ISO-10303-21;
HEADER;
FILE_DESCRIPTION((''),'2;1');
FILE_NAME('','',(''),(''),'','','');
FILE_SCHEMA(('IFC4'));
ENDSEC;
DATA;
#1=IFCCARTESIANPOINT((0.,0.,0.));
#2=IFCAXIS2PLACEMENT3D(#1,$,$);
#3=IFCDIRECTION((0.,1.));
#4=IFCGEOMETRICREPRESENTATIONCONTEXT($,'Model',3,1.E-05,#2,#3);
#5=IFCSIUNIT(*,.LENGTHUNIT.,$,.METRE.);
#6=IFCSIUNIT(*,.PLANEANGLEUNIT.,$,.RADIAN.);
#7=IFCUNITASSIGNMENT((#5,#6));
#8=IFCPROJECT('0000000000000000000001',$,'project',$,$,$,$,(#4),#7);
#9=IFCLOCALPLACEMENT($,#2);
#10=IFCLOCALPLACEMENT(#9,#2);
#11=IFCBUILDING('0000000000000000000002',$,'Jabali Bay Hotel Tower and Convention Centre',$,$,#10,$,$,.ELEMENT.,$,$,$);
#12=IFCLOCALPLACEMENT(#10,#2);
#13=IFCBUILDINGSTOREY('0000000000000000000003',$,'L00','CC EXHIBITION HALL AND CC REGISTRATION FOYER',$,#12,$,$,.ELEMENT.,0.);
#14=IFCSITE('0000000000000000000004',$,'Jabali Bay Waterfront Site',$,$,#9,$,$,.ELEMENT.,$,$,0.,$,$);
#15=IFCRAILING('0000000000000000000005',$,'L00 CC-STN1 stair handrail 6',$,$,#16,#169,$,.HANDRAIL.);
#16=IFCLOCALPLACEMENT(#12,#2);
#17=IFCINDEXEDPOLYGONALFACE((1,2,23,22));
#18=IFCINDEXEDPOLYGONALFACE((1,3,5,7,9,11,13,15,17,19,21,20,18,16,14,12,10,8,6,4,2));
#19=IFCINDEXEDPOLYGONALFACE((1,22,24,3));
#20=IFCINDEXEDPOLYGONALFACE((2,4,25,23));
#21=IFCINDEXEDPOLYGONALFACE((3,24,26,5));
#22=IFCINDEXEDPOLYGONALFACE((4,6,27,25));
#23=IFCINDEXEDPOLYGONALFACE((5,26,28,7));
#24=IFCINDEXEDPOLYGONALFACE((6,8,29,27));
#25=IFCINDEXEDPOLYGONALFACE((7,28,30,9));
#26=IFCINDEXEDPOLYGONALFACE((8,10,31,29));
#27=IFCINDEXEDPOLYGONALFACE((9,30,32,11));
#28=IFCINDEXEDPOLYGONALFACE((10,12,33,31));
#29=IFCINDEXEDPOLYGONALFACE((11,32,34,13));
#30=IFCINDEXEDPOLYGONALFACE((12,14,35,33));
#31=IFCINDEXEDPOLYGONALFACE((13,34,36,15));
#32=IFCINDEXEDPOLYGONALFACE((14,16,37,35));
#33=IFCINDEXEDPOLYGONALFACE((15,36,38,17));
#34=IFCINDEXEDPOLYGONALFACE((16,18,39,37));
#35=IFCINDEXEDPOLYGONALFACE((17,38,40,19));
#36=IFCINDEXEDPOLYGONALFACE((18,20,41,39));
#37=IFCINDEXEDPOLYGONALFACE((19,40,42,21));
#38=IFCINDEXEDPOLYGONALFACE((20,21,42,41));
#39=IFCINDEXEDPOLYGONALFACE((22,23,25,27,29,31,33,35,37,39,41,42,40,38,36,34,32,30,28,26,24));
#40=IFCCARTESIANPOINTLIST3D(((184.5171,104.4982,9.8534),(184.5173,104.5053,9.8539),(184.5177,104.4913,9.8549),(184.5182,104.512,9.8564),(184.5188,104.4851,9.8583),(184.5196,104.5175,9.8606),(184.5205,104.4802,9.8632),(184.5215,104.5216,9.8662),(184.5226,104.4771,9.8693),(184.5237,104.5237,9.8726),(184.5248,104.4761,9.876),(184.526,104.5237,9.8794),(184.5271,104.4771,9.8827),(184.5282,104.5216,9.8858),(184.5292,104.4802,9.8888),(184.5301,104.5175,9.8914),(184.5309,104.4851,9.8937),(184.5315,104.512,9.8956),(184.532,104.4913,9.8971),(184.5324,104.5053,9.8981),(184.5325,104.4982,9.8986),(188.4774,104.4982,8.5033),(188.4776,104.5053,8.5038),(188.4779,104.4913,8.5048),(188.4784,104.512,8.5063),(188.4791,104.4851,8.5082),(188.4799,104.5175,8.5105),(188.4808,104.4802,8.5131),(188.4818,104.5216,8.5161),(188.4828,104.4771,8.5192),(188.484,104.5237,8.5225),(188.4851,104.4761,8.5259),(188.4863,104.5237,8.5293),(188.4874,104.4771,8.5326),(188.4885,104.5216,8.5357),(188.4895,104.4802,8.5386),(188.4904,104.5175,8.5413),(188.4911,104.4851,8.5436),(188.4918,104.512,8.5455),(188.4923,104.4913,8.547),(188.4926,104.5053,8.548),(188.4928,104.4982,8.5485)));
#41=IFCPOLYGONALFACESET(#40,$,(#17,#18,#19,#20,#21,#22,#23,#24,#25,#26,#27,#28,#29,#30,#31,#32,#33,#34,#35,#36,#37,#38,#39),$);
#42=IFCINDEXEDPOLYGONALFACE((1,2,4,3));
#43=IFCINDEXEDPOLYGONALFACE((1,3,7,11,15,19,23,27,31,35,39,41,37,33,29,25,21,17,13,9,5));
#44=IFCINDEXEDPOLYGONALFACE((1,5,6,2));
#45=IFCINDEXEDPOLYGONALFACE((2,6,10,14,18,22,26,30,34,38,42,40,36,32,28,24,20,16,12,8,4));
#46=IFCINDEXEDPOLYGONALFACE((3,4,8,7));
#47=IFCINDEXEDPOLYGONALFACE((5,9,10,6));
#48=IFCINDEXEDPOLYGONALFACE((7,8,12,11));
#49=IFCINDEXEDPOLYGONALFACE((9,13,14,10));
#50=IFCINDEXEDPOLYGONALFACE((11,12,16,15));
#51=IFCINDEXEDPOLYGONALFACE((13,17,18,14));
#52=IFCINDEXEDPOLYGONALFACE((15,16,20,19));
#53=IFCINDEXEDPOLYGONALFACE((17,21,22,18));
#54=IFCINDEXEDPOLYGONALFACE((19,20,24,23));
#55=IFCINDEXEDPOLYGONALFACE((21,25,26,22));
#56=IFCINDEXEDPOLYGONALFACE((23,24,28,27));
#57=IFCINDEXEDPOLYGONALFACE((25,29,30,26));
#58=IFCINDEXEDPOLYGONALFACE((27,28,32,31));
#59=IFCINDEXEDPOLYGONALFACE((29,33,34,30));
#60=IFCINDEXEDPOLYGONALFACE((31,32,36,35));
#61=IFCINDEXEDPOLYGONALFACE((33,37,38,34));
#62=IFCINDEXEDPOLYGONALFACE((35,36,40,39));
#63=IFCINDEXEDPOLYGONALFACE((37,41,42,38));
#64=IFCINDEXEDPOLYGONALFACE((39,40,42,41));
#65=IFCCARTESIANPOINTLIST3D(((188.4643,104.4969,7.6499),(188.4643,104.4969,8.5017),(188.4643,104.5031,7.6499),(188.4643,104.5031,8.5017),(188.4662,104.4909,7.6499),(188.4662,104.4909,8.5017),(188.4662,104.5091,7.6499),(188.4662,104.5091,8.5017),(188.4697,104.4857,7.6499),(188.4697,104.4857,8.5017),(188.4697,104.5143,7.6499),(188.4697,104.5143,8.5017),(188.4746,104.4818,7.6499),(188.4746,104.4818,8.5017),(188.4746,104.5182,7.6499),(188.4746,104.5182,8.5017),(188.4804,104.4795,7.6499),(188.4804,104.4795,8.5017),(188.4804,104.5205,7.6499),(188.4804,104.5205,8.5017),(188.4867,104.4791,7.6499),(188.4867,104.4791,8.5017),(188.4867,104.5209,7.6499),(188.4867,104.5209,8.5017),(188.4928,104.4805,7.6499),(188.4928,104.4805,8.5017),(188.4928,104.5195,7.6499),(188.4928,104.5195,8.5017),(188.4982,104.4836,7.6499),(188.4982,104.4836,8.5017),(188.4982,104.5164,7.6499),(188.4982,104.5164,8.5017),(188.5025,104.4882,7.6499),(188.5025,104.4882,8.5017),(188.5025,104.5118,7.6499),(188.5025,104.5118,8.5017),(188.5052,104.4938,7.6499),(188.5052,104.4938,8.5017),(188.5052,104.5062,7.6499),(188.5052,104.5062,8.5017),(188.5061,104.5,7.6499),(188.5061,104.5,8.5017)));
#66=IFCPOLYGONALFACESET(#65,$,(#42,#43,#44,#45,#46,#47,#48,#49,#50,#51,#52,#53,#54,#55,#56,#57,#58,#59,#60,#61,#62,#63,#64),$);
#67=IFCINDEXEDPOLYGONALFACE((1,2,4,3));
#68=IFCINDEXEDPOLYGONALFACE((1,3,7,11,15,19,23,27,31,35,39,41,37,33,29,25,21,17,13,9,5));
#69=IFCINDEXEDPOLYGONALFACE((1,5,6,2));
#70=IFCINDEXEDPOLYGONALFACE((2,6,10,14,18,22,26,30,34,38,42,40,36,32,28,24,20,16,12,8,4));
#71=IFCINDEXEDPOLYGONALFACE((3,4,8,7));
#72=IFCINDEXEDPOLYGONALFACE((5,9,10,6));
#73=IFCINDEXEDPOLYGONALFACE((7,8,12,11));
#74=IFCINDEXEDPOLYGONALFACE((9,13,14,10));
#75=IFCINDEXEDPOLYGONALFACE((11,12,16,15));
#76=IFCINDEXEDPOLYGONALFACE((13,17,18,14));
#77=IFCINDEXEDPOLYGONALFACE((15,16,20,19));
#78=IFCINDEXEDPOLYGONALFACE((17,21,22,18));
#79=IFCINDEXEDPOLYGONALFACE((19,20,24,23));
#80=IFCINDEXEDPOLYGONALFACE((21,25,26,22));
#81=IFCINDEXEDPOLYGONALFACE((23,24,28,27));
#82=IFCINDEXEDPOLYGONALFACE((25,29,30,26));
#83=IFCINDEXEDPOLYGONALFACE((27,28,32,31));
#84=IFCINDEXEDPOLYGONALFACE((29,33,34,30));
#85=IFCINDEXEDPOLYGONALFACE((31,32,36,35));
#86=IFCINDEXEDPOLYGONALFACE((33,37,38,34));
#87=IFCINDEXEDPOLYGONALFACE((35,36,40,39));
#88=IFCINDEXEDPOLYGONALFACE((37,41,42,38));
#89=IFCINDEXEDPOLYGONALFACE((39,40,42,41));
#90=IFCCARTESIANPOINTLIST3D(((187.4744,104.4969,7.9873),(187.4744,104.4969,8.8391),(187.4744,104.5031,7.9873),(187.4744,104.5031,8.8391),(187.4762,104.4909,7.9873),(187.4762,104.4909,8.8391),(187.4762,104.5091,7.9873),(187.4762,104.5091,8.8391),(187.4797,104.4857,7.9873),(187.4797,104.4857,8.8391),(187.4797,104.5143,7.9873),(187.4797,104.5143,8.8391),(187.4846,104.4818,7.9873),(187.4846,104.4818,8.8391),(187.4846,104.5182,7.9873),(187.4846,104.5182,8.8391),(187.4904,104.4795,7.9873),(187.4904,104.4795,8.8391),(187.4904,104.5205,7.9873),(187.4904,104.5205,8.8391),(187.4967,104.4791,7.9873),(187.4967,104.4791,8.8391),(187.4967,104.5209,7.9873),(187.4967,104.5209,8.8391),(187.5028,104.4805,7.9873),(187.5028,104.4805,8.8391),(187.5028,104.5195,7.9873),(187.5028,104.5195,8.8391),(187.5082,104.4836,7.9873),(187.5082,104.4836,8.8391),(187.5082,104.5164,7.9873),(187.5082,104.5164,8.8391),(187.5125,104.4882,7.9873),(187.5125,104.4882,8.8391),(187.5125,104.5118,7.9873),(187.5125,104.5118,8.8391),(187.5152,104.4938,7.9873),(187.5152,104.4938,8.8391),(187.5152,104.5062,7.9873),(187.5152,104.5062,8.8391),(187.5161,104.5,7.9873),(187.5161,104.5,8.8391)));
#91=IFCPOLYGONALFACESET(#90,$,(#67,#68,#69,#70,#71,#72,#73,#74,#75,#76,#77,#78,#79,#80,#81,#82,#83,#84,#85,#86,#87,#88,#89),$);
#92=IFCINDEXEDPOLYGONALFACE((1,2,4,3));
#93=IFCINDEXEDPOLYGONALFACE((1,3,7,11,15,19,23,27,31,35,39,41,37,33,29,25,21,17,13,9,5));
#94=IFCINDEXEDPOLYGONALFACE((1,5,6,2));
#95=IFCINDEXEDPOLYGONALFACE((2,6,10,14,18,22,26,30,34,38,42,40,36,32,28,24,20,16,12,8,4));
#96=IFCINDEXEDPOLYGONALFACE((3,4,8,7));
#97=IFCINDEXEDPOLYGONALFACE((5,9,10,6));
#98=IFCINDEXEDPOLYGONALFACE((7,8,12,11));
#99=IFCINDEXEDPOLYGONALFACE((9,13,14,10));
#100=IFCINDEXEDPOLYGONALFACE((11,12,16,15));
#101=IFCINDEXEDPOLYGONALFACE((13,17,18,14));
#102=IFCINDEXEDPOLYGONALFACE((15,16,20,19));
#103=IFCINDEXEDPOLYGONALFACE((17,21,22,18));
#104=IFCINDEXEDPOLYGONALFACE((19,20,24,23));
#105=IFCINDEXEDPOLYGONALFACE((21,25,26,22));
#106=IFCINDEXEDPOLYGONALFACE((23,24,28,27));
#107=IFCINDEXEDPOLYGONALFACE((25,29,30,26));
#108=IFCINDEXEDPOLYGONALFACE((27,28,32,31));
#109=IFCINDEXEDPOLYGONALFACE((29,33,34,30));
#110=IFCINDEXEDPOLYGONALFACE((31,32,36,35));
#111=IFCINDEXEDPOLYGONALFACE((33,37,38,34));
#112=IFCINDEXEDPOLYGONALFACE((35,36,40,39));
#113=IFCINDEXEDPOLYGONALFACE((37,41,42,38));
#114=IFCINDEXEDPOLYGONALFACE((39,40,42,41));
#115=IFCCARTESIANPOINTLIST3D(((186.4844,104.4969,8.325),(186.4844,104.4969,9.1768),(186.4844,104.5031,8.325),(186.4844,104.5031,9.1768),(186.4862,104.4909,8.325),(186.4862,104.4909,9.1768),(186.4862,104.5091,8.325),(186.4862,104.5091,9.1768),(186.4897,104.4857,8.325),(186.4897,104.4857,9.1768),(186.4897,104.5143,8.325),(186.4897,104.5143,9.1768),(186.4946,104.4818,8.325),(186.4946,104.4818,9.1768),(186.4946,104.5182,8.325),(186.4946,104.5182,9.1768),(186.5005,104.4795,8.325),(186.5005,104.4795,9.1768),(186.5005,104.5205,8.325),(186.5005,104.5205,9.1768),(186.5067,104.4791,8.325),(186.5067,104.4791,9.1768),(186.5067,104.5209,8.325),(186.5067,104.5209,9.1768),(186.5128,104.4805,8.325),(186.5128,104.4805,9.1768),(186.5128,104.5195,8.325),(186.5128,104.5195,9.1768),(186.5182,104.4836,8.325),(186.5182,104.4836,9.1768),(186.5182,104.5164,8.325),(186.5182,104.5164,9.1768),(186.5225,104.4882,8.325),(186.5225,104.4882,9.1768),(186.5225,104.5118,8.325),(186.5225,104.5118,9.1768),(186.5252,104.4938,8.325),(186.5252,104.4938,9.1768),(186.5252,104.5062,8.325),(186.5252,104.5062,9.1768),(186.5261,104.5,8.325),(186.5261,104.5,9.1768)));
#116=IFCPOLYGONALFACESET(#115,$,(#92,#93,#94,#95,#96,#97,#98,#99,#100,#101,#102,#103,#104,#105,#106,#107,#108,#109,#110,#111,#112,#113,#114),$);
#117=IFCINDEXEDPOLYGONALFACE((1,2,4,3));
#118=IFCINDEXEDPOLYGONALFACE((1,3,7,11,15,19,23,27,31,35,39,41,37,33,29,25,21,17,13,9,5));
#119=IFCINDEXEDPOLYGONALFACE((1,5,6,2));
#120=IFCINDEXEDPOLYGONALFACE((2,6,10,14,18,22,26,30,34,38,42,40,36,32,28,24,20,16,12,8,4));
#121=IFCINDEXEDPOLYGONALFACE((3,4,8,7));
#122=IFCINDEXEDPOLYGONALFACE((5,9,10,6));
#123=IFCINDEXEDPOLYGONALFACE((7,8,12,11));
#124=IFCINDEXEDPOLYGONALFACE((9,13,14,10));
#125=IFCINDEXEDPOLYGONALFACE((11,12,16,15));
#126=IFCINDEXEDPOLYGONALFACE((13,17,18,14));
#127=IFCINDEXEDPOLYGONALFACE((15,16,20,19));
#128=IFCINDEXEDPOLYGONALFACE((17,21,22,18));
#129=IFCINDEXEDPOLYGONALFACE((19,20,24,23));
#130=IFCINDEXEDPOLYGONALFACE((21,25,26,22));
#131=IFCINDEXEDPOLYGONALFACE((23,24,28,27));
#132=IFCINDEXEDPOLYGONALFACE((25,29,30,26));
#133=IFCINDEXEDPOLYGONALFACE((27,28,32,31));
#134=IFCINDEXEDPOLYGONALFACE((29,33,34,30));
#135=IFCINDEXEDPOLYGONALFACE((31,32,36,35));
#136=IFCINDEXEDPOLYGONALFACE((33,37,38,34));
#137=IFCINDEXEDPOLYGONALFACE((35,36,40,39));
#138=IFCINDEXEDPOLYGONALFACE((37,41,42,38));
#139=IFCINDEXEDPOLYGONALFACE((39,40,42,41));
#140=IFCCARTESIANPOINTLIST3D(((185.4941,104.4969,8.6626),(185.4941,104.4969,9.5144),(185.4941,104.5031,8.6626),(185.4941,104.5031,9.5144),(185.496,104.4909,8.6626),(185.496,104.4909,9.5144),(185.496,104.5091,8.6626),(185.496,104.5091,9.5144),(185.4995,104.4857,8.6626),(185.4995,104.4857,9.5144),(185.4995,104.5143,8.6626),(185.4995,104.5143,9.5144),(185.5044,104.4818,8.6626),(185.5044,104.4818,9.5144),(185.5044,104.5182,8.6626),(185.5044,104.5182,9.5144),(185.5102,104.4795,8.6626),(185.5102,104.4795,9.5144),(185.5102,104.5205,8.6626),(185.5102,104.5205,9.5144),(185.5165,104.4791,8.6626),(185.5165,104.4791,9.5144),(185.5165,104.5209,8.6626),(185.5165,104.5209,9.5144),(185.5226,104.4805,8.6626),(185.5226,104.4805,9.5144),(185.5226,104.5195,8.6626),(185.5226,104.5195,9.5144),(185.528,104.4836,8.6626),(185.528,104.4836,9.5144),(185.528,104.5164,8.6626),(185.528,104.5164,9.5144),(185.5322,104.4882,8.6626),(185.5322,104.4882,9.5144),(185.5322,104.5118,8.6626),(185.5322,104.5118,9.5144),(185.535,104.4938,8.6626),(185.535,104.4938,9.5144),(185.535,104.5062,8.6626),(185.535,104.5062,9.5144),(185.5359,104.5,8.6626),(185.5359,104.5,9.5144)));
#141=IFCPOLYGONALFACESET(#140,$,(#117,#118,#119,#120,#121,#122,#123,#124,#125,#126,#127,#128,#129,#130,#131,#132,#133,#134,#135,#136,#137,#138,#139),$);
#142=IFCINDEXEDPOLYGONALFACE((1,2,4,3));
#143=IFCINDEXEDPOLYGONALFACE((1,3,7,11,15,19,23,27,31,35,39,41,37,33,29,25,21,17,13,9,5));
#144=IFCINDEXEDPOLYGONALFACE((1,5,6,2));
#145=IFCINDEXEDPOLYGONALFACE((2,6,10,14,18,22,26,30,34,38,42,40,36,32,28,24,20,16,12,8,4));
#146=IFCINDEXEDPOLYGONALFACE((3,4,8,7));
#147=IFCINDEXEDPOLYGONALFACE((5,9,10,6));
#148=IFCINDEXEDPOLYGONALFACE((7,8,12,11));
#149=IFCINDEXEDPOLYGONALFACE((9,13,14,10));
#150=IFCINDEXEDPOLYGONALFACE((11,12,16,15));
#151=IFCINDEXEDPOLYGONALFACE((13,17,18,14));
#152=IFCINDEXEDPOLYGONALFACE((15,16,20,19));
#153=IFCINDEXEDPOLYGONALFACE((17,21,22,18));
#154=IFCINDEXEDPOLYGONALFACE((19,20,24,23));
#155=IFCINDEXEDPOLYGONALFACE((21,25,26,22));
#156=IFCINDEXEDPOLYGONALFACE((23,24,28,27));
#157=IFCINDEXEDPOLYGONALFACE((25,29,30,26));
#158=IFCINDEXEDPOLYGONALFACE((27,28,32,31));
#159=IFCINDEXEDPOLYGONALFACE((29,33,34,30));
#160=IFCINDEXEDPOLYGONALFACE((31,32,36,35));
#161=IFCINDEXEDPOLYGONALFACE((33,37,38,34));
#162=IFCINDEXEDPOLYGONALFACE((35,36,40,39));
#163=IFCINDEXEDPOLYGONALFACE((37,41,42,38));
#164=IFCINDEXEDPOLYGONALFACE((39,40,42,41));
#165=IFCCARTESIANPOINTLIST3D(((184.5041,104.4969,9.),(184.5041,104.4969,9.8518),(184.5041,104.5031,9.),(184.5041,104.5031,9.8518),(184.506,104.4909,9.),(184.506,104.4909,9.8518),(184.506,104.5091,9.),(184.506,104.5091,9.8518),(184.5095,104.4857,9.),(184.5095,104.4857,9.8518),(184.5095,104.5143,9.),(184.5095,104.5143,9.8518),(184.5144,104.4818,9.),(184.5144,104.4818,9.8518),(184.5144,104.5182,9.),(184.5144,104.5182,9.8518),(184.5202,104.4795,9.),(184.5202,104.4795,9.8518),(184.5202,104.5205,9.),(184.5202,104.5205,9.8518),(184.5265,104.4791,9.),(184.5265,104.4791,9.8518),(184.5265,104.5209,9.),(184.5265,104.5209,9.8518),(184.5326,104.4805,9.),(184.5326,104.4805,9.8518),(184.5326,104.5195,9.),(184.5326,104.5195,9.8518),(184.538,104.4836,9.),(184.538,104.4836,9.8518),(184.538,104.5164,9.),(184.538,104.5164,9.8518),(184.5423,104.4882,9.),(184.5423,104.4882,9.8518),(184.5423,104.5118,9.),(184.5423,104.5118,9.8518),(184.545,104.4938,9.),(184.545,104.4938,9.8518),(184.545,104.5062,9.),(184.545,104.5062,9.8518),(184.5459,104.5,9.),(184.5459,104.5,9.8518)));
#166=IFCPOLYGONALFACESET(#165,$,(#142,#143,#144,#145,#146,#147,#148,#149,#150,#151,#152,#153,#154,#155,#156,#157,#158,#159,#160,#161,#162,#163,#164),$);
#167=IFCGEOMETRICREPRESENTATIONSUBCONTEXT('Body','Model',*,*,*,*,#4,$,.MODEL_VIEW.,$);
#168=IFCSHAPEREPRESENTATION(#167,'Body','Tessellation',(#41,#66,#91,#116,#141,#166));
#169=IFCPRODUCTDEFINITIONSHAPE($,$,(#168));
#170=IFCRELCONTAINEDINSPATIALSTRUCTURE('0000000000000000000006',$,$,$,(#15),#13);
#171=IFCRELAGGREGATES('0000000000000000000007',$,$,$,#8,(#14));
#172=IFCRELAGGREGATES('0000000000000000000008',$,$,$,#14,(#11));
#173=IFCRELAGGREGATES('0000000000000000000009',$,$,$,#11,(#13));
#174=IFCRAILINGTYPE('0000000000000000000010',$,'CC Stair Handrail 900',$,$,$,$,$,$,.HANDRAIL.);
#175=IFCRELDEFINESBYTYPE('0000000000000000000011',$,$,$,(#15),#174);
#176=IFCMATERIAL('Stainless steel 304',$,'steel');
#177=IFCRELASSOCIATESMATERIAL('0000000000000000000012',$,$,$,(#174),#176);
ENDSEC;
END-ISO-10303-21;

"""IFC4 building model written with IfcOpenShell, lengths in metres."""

from ifc_helpers import new_model, si_unit, direction, frame, origin, origin_2d, place, context, subcontext, project, spatial, circle, extrude, material, type_object, element, save


model = new_model("IFC4")

# Units and contexts
model_context = context("Model", 3, precision=1e-05, world=origin(), true_north=direction((0.0, 1.0)))
body_context = subcontext(model_context, "Body", "Model", "MODEL_VIEW")
ifc_project = project(units=[si_unit("LENGTHUNIT", "METRE"), si_unit("PLANEANGLEUNIT", "RADIAN")], contexts=[model_context])

# Site, building, storey
site_placement = place(None, origin())
site = spatial("IfcSite", under=ifc_project, at=site_placement, Name="Jabali Bay Waterfront Site", CompositionType="ELEMENT", RefElevation=0.0)
building_placement = place(site_placement, origin())
building = spatial("IfcBuilding", under=site, at=building_placement, Name="Jabali Bay Hotel Tower and Convention Centre", CompositionType="ELEMENT")
storey_placement = place(building_placement, origin())
storey = spatial("IfcBuildingStorey", under=building, at=storey_placement, Name="L00", Description="CC EXHIBITION HALL AND CC REGISTRATION FOYER", CompositionType="ELEMENT", Elevation=0.0)

# Railing
ifc_material_1 = material(Name="Stainless steel 304", Category="steel")
railing_type_1 = type_object("IfcRailingType", Name="CC Stair Handrail 900", PredefinedType="HANDRAIL", material=ifc_material_1)
for number, where, name in (
    (1, (188.4851, 104.5, 7.6499), "L00 CC-STN1 stair handrail 6"),
):
    element("IfcRailing", number, at=place(storey_placement, frame(where)), inside=storey, type_object=railing_type_1, Name=name, PredefinedType="HANDRAIL", context=body_context, shape_type="SweptSolid", body=[
        extrude(circle(Radius=0.0239, at=origin_2d()), frame((0.0, 0.0, 0.876), z_axis=(-0.946508, 0.0, 0.32268), x_axis=(0.0, -1.0, 0.0)), (0.0, 0.0, 1.0), 4.1841),
        extrude(circle(Radius=0.021, at=origin_2d()), origin(), (0.0, 0.0, 1.0), 0.8518),
        extrude(circle(Radius=0.021, at=origin_2d()), frame((-0.99, 0.0, 0.3374)), (0.0, 0.0, 1.0), 0.8518),
        extrude(circle(Radius=0.021, at=origin_2d()), frame((-1.98, 0.0, 0.675)), (0.0, 0.0, 1.0), 0.8518),
        extrude(circle(Radius=0.021, at=origin_2d()), frame((-2.9702, 0.0, 1.0127)), (0.0, 0.0, 1.0), 0.8518),
        extrude(circle(Radius=0.021, at=origin_2d()), frame((-3.9602, 0.0, 1.3501)), (0.0, 0.0, 1.0), 0.8518),
    ])

save(model, "model.ifc")
